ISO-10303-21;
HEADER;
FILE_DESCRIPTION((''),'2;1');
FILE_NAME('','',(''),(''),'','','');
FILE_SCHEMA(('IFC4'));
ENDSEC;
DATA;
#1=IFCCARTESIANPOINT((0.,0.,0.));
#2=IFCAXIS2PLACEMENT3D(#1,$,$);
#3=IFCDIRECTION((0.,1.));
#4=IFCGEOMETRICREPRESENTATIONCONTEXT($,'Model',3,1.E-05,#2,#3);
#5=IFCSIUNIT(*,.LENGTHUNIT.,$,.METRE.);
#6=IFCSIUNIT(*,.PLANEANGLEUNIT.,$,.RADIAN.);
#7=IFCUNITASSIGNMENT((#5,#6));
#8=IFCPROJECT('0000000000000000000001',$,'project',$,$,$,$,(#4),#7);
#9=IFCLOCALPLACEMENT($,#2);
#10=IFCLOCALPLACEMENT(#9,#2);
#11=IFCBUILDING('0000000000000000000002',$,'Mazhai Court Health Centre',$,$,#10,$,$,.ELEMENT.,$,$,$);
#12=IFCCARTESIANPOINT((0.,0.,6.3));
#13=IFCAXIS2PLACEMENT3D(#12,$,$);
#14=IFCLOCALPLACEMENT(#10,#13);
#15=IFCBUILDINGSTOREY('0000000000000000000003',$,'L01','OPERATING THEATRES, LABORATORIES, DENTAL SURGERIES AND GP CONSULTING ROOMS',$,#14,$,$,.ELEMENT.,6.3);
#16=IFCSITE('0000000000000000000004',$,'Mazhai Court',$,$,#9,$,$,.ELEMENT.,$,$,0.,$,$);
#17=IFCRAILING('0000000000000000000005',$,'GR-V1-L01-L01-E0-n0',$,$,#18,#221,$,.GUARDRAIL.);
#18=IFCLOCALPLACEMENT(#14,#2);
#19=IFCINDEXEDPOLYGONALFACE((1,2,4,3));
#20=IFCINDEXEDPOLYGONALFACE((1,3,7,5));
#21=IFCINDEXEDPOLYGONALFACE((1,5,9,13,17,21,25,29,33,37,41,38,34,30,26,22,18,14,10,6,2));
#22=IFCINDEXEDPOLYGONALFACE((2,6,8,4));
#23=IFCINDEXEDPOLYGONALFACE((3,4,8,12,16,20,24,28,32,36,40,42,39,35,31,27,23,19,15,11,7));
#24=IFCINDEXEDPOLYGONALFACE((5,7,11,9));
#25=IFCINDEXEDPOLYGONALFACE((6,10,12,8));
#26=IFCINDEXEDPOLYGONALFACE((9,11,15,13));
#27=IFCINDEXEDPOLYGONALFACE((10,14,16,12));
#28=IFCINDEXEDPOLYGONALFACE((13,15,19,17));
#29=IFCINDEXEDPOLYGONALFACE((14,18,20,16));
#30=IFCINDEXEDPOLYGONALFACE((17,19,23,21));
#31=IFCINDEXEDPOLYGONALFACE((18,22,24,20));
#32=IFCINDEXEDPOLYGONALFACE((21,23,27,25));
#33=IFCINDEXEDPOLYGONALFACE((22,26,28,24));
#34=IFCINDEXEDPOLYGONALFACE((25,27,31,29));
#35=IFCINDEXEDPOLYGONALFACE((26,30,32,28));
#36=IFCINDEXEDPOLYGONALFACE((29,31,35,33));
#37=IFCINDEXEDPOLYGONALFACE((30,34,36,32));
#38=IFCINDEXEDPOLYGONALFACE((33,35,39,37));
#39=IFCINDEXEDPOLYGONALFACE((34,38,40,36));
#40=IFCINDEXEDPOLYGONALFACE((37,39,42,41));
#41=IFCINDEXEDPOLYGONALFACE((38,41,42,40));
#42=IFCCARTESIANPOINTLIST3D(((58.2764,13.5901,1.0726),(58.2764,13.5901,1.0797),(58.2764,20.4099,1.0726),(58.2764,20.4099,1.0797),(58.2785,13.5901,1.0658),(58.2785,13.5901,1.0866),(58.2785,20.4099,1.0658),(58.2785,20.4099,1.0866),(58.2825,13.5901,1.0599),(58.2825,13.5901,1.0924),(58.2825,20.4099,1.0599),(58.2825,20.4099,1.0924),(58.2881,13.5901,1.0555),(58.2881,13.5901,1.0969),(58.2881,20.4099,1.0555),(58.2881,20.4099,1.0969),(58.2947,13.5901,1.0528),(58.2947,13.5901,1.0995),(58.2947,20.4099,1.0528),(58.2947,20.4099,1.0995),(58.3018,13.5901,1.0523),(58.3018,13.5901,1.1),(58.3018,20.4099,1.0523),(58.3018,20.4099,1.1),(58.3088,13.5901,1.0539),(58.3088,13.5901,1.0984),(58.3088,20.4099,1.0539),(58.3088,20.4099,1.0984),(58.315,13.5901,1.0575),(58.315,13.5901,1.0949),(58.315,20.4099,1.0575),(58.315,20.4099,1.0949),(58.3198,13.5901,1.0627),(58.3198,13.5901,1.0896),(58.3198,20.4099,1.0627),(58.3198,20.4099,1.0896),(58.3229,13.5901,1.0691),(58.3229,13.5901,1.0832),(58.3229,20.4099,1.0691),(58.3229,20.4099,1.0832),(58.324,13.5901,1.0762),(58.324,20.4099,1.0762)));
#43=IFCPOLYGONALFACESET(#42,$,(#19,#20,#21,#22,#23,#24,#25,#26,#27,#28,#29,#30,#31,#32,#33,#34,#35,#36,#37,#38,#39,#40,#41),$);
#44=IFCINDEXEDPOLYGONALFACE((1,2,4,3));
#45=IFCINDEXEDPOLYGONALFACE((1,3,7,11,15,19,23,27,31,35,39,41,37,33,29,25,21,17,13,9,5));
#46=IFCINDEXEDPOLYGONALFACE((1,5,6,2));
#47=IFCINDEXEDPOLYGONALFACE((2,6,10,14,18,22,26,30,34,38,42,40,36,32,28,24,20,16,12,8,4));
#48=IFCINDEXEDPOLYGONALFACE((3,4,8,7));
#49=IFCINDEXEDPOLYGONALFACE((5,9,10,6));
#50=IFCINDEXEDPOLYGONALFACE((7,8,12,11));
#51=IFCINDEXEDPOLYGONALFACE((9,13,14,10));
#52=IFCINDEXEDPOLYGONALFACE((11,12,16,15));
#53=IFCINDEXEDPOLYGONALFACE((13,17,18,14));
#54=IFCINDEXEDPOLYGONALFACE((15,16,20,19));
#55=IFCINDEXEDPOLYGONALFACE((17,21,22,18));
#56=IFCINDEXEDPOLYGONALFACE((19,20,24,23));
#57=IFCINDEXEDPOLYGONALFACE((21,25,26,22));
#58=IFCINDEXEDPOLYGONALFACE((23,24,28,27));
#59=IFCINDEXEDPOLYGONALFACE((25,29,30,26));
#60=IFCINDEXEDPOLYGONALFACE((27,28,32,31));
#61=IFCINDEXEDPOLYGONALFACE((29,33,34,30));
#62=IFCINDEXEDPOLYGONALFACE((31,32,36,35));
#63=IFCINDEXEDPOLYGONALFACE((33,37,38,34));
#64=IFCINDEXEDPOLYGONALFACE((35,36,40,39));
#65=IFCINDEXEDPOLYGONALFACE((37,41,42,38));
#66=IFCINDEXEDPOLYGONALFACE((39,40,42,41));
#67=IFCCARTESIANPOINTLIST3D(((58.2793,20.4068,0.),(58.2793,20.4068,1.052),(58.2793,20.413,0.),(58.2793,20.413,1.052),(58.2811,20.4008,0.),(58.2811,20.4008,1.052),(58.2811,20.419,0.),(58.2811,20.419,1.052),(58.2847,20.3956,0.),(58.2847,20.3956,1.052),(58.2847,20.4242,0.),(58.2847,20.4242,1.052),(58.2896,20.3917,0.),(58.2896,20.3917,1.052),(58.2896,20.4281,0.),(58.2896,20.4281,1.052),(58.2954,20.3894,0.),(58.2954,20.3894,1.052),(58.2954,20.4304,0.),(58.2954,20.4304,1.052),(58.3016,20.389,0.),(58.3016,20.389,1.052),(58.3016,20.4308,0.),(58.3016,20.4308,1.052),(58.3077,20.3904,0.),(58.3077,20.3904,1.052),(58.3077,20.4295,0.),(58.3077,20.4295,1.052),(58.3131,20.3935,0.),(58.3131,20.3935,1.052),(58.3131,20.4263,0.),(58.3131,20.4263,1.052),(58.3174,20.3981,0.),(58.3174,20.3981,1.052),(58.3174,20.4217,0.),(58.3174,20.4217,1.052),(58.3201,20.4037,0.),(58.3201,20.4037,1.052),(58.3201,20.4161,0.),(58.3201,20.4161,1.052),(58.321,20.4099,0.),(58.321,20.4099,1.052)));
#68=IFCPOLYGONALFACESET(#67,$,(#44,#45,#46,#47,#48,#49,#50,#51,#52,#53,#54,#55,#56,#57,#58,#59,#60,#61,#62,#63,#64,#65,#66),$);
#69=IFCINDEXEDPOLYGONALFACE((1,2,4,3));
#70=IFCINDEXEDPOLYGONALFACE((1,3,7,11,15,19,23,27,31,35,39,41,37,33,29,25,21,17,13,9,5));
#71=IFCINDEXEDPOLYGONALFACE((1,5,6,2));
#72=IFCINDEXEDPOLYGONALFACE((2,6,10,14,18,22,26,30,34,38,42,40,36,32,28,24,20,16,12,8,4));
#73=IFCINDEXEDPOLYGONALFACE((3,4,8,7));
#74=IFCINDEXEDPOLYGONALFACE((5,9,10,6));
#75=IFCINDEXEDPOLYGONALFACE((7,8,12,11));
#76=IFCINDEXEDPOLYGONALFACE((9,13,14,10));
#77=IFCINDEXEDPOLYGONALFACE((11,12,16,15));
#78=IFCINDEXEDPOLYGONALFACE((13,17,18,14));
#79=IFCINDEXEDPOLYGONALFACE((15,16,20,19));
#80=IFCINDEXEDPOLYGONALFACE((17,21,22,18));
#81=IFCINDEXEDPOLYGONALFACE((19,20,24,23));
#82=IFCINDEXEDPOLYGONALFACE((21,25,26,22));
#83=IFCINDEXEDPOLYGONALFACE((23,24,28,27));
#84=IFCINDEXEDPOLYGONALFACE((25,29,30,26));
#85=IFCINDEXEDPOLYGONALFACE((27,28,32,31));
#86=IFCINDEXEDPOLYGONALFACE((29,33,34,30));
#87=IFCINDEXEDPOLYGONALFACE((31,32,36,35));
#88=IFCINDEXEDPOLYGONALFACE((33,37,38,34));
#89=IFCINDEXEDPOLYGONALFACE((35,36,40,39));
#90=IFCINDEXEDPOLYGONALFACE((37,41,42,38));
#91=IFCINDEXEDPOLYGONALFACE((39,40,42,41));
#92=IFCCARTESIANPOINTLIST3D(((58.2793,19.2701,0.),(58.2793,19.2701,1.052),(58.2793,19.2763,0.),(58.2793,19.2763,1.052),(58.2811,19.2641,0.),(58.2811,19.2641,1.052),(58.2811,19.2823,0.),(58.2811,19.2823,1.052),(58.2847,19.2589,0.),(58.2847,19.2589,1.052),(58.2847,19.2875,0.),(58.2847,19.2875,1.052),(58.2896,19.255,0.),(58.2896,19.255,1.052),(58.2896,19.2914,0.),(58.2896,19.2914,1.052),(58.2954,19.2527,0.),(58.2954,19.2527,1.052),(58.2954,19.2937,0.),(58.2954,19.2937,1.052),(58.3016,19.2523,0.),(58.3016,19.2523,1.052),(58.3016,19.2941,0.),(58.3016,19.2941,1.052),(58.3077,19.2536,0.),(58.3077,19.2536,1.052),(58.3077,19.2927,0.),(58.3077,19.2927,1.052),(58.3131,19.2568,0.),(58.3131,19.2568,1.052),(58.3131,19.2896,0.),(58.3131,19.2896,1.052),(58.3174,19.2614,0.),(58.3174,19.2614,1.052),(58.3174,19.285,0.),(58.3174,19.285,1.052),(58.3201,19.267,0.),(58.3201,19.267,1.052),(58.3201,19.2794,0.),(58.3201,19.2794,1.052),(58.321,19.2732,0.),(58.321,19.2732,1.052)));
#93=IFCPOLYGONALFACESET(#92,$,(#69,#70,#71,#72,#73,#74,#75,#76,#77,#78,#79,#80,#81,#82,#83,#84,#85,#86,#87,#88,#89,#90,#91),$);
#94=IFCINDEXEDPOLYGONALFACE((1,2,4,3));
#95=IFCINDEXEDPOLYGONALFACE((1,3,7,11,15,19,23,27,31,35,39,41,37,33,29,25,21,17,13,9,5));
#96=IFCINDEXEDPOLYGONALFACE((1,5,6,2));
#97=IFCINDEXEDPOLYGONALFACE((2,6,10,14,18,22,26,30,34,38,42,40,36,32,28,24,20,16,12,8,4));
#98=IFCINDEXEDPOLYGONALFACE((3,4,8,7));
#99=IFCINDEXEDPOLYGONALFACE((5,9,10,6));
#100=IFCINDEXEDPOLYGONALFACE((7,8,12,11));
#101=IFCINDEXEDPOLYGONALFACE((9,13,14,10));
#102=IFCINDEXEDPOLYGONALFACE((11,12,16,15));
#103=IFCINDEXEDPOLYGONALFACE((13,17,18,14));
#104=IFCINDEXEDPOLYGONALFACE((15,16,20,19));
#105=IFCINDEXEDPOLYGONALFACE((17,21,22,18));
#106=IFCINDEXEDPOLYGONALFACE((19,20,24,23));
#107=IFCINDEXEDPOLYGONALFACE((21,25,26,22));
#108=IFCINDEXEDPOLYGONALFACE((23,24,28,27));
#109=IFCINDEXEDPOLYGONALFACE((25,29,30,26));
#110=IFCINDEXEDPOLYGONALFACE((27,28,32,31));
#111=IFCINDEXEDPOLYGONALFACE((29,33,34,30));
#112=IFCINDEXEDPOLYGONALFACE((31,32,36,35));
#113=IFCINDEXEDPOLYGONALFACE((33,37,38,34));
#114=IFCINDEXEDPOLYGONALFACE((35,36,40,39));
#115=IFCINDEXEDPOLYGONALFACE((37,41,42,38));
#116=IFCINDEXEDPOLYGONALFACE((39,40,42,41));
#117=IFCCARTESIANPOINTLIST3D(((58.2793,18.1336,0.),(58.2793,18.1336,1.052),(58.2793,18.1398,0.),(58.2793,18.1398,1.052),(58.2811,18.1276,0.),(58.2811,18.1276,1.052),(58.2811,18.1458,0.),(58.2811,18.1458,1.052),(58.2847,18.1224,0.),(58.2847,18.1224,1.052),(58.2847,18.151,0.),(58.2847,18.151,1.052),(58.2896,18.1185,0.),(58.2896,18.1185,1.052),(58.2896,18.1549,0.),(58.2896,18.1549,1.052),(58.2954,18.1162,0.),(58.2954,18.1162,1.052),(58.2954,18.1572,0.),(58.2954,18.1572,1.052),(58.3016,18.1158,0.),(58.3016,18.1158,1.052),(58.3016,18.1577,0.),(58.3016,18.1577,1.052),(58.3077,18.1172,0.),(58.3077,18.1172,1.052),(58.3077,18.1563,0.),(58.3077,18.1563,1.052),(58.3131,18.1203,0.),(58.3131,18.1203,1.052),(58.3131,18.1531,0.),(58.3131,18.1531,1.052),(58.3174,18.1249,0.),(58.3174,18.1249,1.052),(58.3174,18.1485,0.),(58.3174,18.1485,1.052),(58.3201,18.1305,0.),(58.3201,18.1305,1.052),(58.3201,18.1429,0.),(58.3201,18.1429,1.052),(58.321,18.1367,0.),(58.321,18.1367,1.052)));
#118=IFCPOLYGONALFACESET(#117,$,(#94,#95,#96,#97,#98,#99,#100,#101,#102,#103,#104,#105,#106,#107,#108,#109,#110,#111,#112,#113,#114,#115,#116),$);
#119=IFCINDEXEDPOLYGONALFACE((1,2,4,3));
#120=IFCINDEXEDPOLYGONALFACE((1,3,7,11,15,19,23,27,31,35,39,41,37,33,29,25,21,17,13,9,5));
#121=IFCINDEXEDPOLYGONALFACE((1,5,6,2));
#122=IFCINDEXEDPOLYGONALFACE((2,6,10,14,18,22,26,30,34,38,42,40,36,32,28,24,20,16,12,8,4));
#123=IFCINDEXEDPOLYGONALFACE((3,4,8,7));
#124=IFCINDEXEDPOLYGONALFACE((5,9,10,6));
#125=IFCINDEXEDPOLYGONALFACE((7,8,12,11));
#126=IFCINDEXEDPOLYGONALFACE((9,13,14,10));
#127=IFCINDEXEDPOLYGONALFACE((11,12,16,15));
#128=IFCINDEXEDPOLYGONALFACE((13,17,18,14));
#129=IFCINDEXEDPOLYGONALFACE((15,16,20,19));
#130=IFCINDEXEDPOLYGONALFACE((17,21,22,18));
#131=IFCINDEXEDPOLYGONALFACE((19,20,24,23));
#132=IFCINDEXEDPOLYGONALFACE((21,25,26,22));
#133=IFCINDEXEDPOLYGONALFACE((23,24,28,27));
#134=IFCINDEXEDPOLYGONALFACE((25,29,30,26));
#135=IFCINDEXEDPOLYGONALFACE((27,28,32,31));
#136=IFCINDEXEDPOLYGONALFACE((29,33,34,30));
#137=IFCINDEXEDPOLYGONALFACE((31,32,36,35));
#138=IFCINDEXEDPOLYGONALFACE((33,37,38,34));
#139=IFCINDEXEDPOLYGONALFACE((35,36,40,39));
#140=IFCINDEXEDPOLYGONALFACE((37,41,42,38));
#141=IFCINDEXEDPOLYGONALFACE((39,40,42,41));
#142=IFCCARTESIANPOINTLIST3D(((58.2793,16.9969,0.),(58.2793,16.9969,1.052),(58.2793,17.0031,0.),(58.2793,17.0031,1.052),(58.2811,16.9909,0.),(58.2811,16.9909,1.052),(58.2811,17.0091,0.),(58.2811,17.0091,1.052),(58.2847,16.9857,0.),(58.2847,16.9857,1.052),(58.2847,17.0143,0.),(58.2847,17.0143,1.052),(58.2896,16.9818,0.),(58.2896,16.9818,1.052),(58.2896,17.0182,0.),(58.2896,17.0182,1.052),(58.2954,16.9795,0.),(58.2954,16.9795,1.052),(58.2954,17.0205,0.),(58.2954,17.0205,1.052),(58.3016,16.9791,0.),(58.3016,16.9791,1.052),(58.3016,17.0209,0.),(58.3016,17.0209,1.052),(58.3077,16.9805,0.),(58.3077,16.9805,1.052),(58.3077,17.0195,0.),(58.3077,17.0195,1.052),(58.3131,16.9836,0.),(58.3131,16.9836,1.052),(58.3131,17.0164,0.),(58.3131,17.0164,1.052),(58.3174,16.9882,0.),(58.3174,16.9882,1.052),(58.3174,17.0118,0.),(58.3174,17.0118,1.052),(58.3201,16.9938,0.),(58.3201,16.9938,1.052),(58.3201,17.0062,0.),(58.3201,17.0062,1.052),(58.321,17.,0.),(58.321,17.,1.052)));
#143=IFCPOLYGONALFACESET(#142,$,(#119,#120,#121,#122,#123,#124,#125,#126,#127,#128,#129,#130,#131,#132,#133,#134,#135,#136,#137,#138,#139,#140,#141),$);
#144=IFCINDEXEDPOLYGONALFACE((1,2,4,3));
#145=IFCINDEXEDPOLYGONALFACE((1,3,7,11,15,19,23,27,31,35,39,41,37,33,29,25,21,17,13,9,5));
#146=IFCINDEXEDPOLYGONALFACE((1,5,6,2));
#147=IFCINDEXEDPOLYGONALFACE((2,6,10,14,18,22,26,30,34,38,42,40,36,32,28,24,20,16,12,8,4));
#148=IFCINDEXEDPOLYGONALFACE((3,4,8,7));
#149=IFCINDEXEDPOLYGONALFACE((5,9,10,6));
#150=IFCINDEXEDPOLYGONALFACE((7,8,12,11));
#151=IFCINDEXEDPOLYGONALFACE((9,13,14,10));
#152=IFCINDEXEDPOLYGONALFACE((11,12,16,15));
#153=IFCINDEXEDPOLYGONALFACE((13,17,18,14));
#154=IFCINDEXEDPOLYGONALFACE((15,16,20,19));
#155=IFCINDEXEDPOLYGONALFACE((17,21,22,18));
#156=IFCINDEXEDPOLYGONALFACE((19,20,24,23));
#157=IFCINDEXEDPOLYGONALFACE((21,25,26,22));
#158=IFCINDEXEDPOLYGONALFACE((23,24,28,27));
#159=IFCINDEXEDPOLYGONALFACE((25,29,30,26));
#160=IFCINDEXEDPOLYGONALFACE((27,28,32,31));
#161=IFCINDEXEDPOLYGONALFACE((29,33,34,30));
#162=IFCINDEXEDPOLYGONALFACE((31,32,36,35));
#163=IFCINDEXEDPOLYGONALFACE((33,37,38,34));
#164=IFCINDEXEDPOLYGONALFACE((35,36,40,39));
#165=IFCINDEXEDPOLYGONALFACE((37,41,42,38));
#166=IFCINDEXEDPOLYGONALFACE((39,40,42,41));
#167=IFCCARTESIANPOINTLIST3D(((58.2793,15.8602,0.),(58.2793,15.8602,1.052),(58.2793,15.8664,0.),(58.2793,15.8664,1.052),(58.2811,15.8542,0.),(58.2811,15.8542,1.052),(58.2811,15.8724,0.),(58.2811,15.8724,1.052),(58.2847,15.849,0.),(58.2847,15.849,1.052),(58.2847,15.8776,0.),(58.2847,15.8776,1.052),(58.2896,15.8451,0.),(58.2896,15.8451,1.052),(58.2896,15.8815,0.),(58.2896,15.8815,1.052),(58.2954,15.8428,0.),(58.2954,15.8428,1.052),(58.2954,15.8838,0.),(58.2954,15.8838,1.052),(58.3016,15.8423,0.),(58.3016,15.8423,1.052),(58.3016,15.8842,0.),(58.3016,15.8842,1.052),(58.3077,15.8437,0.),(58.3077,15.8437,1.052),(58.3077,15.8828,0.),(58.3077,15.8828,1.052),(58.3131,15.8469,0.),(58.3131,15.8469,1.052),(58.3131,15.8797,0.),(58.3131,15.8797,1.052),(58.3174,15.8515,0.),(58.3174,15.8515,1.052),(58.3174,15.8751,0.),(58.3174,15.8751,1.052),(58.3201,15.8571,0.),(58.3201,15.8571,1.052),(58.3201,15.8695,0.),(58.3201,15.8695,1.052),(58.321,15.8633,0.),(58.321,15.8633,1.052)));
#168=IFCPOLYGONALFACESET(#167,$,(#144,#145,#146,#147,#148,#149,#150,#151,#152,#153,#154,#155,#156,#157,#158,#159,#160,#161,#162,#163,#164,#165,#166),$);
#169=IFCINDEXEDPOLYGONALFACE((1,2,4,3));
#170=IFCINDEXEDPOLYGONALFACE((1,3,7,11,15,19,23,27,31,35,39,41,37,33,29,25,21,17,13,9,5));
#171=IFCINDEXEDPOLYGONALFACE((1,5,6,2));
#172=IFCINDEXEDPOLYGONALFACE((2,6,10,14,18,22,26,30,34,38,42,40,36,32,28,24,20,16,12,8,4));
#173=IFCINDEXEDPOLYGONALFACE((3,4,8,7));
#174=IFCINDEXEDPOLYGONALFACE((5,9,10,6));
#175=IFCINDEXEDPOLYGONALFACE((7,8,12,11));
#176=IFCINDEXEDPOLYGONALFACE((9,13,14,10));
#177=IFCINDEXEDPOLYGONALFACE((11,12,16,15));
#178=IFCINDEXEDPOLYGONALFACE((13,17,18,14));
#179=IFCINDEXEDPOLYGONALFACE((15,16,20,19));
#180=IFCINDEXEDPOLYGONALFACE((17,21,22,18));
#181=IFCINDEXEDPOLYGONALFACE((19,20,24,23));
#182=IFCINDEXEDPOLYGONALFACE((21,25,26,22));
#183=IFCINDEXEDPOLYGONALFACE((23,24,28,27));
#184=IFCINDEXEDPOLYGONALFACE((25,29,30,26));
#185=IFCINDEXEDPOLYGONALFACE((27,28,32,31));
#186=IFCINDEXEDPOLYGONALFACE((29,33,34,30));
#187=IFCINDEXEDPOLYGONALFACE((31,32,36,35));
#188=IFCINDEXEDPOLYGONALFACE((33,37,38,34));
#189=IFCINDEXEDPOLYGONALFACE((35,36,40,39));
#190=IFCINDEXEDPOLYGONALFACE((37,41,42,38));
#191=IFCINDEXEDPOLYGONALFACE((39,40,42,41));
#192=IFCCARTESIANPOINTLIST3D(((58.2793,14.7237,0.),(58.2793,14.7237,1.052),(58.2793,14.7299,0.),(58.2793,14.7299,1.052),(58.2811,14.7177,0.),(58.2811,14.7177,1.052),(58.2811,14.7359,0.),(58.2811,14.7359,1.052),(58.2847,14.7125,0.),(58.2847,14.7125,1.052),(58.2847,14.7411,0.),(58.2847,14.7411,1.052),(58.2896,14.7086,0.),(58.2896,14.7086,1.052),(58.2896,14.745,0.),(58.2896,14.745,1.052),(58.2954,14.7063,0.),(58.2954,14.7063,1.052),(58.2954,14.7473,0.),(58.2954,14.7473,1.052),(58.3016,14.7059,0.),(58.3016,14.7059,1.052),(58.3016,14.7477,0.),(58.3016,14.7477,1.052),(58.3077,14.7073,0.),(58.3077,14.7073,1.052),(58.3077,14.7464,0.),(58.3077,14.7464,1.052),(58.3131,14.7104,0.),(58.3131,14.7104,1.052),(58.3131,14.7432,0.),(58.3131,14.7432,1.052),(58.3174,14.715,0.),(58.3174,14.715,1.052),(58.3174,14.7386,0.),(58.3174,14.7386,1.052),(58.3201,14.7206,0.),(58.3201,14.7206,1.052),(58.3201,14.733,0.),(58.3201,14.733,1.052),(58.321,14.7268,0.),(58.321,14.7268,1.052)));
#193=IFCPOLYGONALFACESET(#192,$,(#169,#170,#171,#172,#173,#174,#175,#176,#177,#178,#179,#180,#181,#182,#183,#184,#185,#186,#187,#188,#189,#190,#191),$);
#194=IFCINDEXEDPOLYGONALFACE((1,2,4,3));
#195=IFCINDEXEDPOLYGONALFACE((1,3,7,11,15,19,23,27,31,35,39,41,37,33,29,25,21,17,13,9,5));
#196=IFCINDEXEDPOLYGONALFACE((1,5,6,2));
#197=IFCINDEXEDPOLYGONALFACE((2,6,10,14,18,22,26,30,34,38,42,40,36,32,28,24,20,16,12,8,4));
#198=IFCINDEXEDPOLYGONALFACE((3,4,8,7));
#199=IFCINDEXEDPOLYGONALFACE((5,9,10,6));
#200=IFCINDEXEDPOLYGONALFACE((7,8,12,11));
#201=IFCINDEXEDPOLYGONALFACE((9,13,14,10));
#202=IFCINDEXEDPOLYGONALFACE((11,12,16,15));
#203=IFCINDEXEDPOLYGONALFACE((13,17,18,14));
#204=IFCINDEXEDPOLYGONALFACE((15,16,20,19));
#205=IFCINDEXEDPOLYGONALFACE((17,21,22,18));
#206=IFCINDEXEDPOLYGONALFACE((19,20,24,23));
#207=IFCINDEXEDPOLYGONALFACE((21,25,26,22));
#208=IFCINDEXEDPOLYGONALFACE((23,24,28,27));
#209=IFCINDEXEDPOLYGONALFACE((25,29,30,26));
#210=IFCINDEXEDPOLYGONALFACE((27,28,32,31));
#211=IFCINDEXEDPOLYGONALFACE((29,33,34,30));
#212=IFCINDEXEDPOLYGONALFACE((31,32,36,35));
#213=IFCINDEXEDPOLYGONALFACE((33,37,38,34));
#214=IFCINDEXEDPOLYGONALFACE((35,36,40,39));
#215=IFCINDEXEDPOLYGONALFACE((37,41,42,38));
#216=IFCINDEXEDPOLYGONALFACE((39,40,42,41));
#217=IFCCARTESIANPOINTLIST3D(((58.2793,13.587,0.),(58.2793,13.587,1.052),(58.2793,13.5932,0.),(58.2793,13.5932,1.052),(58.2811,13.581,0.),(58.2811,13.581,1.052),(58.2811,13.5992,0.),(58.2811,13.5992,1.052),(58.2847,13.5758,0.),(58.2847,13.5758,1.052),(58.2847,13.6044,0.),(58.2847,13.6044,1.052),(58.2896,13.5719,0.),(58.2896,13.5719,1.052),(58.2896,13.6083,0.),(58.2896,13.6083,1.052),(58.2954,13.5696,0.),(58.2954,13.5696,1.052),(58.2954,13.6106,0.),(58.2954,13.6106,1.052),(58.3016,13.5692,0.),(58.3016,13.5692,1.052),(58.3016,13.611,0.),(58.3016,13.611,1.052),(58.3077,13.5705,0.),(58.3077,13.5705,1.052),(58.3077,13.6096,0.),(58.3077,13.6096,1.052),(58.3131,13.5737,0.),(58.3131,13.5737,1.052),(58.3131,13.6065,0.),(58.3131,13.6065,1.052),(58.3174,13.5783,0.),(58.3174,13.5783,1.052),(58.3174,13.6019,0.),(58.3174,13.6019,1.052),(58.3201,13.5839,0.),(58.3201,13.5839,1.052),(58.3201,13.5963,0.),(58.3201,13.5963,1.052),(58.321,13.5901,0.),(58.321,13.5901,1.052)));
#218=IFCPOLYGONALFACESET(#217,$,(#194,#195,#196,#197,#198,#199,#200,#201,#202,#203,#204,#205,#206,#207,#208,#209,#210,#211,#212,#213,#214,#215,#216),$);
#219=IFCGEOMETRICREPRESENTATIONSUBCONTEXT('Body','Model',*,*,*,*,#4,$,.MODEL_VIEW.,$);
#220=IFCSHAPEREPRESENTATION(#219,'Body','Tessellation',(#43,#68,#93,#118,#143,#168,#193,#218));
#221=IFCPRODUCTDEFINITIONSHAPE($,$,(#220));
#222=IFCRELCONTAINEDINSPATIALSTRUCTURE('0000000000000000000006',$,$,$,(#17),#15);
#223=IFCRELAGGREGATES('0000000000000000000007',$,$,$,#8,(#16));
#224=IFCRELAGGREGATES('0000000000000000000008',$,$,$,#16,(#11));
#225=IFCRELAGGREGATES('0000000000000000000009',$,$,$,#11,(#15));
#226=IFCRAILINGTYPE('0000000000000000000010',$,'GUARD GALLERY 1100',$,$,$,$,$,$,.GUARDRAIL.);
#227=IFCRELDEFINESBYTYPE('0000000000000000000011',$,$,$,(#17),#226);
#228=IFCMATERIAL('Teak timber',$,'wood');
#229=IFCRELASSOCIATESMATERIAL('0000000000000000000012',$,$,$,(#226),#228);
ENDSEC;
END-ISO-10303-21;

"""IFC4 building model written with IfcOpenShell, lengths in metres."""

from ifc_helpers import new_model, si_unit, direction, frame, origin, origin_2d, place, context, subcontext, project, spatial, circle, extrude, material, type_object, element, save


model = new_model("IFC4")

# Units and contexts
model_context = context("Model", 3, precision=1e-05, world=origin(), true_north=direction((0.0, 1.0)))
body_context = subcontext(model_context, "Body", "Model", "MODEL_VIEW")
ifc_project = project(units=[si_unit("LENGTHUNIT", "METRE"), si_unit("PLANEANGLEUNIT", "RADIAN")], contexts=[model_context])

# Site, building, storey
site_placement = place(None, origin())
site = spatial("IfcSite", under=ifc_project, at=site_placement, Name="Mazhai Court", CompositionType="ELEMENT", RefElevation=0.0)
building_placement = place(site_placement, origin())
building = spatial("IfcBuilding", under=site, at=building_placement, Name="Mazhai Court Health Centre", CompositionType="ELEMENT")
storey_placement = place(building_placement, frame((0.0, 0.0, 6.3)))
storey = spatial("IfcBuildingStorey", under=building, at=storey_placement, Name="L01", Description="OPERATING THEATRES, LABORATORIES, DENTAL SURGERIES AND GP CONSULTING ROOMS", CompositionType="ELEMENT", Elevation=6.3)

# Railing
ifc_material_1 = material(Name="Teak timber", Category="wood")
railing_type = type_object("IfcRailingType", Name="GUARD GALLERY 1100", PredefinedType="GUARDRAIL", material=ifc_material_1)
railing_1_placement = place(storey_placement, frame((58.3, 20.4099, 0.0)))
element("IfcRailing", 1, at=railing_1_placement, inside=storey, type_object=railing_type, Name="GR-V1-L01-L01-E0-n0", PredefinedType="GUARDRAIL", context=body_context, shape_type="SweptSolid", body=[
    extrude(circle(Radius=0.0239, at=origin_2d()), frame((0.0, 0.0, 1.0762), z_axis=(0.0, -1.0, 0.0), x_axis=(1.0, 0.0, 0.0)), (0.0, 0.0, 1.0), 6.8198),
    extrude(circle(Radius=0.021, at=origin_2d()), origin(), (0.0, 0.0, 1.0), 1.052),
    extrude(circle(Radius=0.021, at=origin_2d()), frame((0.0, -1.1367, 0.0)), (0.0, 0.0, 1.0), 1.052),
    extrude(circle(Radius=0.021, at=origin_2d()), frame((0.0, -2.2732, 0.0)), (0.0, 0.0, 1.0), 1.052),
    extrude(circle(Radius=0.021, at=origin_2d()), frame((0.0, -3.4099, 0.0)), (0.0, 0.0, 1.0), 1.052),
    extrude(circle(Radius=0.021, at=origin_2d()), frame((0.0, -4.5466, 0.0)), (0.0, 0.0, 1.0), 1.052),
    extrude(circle(Radius=0.021, at=origin_2d()), frame((0.0, -5.6831, 0.0)), (0.0, 0.0, 1.0), 1.052),
    extrude(circle(Radius=0.021, at=origin_2d()), frame((0.0, -6.8198, 0.0)), (0.0, 0.0, 1.0), 1.052),
])

save(model, "model.ifc")
